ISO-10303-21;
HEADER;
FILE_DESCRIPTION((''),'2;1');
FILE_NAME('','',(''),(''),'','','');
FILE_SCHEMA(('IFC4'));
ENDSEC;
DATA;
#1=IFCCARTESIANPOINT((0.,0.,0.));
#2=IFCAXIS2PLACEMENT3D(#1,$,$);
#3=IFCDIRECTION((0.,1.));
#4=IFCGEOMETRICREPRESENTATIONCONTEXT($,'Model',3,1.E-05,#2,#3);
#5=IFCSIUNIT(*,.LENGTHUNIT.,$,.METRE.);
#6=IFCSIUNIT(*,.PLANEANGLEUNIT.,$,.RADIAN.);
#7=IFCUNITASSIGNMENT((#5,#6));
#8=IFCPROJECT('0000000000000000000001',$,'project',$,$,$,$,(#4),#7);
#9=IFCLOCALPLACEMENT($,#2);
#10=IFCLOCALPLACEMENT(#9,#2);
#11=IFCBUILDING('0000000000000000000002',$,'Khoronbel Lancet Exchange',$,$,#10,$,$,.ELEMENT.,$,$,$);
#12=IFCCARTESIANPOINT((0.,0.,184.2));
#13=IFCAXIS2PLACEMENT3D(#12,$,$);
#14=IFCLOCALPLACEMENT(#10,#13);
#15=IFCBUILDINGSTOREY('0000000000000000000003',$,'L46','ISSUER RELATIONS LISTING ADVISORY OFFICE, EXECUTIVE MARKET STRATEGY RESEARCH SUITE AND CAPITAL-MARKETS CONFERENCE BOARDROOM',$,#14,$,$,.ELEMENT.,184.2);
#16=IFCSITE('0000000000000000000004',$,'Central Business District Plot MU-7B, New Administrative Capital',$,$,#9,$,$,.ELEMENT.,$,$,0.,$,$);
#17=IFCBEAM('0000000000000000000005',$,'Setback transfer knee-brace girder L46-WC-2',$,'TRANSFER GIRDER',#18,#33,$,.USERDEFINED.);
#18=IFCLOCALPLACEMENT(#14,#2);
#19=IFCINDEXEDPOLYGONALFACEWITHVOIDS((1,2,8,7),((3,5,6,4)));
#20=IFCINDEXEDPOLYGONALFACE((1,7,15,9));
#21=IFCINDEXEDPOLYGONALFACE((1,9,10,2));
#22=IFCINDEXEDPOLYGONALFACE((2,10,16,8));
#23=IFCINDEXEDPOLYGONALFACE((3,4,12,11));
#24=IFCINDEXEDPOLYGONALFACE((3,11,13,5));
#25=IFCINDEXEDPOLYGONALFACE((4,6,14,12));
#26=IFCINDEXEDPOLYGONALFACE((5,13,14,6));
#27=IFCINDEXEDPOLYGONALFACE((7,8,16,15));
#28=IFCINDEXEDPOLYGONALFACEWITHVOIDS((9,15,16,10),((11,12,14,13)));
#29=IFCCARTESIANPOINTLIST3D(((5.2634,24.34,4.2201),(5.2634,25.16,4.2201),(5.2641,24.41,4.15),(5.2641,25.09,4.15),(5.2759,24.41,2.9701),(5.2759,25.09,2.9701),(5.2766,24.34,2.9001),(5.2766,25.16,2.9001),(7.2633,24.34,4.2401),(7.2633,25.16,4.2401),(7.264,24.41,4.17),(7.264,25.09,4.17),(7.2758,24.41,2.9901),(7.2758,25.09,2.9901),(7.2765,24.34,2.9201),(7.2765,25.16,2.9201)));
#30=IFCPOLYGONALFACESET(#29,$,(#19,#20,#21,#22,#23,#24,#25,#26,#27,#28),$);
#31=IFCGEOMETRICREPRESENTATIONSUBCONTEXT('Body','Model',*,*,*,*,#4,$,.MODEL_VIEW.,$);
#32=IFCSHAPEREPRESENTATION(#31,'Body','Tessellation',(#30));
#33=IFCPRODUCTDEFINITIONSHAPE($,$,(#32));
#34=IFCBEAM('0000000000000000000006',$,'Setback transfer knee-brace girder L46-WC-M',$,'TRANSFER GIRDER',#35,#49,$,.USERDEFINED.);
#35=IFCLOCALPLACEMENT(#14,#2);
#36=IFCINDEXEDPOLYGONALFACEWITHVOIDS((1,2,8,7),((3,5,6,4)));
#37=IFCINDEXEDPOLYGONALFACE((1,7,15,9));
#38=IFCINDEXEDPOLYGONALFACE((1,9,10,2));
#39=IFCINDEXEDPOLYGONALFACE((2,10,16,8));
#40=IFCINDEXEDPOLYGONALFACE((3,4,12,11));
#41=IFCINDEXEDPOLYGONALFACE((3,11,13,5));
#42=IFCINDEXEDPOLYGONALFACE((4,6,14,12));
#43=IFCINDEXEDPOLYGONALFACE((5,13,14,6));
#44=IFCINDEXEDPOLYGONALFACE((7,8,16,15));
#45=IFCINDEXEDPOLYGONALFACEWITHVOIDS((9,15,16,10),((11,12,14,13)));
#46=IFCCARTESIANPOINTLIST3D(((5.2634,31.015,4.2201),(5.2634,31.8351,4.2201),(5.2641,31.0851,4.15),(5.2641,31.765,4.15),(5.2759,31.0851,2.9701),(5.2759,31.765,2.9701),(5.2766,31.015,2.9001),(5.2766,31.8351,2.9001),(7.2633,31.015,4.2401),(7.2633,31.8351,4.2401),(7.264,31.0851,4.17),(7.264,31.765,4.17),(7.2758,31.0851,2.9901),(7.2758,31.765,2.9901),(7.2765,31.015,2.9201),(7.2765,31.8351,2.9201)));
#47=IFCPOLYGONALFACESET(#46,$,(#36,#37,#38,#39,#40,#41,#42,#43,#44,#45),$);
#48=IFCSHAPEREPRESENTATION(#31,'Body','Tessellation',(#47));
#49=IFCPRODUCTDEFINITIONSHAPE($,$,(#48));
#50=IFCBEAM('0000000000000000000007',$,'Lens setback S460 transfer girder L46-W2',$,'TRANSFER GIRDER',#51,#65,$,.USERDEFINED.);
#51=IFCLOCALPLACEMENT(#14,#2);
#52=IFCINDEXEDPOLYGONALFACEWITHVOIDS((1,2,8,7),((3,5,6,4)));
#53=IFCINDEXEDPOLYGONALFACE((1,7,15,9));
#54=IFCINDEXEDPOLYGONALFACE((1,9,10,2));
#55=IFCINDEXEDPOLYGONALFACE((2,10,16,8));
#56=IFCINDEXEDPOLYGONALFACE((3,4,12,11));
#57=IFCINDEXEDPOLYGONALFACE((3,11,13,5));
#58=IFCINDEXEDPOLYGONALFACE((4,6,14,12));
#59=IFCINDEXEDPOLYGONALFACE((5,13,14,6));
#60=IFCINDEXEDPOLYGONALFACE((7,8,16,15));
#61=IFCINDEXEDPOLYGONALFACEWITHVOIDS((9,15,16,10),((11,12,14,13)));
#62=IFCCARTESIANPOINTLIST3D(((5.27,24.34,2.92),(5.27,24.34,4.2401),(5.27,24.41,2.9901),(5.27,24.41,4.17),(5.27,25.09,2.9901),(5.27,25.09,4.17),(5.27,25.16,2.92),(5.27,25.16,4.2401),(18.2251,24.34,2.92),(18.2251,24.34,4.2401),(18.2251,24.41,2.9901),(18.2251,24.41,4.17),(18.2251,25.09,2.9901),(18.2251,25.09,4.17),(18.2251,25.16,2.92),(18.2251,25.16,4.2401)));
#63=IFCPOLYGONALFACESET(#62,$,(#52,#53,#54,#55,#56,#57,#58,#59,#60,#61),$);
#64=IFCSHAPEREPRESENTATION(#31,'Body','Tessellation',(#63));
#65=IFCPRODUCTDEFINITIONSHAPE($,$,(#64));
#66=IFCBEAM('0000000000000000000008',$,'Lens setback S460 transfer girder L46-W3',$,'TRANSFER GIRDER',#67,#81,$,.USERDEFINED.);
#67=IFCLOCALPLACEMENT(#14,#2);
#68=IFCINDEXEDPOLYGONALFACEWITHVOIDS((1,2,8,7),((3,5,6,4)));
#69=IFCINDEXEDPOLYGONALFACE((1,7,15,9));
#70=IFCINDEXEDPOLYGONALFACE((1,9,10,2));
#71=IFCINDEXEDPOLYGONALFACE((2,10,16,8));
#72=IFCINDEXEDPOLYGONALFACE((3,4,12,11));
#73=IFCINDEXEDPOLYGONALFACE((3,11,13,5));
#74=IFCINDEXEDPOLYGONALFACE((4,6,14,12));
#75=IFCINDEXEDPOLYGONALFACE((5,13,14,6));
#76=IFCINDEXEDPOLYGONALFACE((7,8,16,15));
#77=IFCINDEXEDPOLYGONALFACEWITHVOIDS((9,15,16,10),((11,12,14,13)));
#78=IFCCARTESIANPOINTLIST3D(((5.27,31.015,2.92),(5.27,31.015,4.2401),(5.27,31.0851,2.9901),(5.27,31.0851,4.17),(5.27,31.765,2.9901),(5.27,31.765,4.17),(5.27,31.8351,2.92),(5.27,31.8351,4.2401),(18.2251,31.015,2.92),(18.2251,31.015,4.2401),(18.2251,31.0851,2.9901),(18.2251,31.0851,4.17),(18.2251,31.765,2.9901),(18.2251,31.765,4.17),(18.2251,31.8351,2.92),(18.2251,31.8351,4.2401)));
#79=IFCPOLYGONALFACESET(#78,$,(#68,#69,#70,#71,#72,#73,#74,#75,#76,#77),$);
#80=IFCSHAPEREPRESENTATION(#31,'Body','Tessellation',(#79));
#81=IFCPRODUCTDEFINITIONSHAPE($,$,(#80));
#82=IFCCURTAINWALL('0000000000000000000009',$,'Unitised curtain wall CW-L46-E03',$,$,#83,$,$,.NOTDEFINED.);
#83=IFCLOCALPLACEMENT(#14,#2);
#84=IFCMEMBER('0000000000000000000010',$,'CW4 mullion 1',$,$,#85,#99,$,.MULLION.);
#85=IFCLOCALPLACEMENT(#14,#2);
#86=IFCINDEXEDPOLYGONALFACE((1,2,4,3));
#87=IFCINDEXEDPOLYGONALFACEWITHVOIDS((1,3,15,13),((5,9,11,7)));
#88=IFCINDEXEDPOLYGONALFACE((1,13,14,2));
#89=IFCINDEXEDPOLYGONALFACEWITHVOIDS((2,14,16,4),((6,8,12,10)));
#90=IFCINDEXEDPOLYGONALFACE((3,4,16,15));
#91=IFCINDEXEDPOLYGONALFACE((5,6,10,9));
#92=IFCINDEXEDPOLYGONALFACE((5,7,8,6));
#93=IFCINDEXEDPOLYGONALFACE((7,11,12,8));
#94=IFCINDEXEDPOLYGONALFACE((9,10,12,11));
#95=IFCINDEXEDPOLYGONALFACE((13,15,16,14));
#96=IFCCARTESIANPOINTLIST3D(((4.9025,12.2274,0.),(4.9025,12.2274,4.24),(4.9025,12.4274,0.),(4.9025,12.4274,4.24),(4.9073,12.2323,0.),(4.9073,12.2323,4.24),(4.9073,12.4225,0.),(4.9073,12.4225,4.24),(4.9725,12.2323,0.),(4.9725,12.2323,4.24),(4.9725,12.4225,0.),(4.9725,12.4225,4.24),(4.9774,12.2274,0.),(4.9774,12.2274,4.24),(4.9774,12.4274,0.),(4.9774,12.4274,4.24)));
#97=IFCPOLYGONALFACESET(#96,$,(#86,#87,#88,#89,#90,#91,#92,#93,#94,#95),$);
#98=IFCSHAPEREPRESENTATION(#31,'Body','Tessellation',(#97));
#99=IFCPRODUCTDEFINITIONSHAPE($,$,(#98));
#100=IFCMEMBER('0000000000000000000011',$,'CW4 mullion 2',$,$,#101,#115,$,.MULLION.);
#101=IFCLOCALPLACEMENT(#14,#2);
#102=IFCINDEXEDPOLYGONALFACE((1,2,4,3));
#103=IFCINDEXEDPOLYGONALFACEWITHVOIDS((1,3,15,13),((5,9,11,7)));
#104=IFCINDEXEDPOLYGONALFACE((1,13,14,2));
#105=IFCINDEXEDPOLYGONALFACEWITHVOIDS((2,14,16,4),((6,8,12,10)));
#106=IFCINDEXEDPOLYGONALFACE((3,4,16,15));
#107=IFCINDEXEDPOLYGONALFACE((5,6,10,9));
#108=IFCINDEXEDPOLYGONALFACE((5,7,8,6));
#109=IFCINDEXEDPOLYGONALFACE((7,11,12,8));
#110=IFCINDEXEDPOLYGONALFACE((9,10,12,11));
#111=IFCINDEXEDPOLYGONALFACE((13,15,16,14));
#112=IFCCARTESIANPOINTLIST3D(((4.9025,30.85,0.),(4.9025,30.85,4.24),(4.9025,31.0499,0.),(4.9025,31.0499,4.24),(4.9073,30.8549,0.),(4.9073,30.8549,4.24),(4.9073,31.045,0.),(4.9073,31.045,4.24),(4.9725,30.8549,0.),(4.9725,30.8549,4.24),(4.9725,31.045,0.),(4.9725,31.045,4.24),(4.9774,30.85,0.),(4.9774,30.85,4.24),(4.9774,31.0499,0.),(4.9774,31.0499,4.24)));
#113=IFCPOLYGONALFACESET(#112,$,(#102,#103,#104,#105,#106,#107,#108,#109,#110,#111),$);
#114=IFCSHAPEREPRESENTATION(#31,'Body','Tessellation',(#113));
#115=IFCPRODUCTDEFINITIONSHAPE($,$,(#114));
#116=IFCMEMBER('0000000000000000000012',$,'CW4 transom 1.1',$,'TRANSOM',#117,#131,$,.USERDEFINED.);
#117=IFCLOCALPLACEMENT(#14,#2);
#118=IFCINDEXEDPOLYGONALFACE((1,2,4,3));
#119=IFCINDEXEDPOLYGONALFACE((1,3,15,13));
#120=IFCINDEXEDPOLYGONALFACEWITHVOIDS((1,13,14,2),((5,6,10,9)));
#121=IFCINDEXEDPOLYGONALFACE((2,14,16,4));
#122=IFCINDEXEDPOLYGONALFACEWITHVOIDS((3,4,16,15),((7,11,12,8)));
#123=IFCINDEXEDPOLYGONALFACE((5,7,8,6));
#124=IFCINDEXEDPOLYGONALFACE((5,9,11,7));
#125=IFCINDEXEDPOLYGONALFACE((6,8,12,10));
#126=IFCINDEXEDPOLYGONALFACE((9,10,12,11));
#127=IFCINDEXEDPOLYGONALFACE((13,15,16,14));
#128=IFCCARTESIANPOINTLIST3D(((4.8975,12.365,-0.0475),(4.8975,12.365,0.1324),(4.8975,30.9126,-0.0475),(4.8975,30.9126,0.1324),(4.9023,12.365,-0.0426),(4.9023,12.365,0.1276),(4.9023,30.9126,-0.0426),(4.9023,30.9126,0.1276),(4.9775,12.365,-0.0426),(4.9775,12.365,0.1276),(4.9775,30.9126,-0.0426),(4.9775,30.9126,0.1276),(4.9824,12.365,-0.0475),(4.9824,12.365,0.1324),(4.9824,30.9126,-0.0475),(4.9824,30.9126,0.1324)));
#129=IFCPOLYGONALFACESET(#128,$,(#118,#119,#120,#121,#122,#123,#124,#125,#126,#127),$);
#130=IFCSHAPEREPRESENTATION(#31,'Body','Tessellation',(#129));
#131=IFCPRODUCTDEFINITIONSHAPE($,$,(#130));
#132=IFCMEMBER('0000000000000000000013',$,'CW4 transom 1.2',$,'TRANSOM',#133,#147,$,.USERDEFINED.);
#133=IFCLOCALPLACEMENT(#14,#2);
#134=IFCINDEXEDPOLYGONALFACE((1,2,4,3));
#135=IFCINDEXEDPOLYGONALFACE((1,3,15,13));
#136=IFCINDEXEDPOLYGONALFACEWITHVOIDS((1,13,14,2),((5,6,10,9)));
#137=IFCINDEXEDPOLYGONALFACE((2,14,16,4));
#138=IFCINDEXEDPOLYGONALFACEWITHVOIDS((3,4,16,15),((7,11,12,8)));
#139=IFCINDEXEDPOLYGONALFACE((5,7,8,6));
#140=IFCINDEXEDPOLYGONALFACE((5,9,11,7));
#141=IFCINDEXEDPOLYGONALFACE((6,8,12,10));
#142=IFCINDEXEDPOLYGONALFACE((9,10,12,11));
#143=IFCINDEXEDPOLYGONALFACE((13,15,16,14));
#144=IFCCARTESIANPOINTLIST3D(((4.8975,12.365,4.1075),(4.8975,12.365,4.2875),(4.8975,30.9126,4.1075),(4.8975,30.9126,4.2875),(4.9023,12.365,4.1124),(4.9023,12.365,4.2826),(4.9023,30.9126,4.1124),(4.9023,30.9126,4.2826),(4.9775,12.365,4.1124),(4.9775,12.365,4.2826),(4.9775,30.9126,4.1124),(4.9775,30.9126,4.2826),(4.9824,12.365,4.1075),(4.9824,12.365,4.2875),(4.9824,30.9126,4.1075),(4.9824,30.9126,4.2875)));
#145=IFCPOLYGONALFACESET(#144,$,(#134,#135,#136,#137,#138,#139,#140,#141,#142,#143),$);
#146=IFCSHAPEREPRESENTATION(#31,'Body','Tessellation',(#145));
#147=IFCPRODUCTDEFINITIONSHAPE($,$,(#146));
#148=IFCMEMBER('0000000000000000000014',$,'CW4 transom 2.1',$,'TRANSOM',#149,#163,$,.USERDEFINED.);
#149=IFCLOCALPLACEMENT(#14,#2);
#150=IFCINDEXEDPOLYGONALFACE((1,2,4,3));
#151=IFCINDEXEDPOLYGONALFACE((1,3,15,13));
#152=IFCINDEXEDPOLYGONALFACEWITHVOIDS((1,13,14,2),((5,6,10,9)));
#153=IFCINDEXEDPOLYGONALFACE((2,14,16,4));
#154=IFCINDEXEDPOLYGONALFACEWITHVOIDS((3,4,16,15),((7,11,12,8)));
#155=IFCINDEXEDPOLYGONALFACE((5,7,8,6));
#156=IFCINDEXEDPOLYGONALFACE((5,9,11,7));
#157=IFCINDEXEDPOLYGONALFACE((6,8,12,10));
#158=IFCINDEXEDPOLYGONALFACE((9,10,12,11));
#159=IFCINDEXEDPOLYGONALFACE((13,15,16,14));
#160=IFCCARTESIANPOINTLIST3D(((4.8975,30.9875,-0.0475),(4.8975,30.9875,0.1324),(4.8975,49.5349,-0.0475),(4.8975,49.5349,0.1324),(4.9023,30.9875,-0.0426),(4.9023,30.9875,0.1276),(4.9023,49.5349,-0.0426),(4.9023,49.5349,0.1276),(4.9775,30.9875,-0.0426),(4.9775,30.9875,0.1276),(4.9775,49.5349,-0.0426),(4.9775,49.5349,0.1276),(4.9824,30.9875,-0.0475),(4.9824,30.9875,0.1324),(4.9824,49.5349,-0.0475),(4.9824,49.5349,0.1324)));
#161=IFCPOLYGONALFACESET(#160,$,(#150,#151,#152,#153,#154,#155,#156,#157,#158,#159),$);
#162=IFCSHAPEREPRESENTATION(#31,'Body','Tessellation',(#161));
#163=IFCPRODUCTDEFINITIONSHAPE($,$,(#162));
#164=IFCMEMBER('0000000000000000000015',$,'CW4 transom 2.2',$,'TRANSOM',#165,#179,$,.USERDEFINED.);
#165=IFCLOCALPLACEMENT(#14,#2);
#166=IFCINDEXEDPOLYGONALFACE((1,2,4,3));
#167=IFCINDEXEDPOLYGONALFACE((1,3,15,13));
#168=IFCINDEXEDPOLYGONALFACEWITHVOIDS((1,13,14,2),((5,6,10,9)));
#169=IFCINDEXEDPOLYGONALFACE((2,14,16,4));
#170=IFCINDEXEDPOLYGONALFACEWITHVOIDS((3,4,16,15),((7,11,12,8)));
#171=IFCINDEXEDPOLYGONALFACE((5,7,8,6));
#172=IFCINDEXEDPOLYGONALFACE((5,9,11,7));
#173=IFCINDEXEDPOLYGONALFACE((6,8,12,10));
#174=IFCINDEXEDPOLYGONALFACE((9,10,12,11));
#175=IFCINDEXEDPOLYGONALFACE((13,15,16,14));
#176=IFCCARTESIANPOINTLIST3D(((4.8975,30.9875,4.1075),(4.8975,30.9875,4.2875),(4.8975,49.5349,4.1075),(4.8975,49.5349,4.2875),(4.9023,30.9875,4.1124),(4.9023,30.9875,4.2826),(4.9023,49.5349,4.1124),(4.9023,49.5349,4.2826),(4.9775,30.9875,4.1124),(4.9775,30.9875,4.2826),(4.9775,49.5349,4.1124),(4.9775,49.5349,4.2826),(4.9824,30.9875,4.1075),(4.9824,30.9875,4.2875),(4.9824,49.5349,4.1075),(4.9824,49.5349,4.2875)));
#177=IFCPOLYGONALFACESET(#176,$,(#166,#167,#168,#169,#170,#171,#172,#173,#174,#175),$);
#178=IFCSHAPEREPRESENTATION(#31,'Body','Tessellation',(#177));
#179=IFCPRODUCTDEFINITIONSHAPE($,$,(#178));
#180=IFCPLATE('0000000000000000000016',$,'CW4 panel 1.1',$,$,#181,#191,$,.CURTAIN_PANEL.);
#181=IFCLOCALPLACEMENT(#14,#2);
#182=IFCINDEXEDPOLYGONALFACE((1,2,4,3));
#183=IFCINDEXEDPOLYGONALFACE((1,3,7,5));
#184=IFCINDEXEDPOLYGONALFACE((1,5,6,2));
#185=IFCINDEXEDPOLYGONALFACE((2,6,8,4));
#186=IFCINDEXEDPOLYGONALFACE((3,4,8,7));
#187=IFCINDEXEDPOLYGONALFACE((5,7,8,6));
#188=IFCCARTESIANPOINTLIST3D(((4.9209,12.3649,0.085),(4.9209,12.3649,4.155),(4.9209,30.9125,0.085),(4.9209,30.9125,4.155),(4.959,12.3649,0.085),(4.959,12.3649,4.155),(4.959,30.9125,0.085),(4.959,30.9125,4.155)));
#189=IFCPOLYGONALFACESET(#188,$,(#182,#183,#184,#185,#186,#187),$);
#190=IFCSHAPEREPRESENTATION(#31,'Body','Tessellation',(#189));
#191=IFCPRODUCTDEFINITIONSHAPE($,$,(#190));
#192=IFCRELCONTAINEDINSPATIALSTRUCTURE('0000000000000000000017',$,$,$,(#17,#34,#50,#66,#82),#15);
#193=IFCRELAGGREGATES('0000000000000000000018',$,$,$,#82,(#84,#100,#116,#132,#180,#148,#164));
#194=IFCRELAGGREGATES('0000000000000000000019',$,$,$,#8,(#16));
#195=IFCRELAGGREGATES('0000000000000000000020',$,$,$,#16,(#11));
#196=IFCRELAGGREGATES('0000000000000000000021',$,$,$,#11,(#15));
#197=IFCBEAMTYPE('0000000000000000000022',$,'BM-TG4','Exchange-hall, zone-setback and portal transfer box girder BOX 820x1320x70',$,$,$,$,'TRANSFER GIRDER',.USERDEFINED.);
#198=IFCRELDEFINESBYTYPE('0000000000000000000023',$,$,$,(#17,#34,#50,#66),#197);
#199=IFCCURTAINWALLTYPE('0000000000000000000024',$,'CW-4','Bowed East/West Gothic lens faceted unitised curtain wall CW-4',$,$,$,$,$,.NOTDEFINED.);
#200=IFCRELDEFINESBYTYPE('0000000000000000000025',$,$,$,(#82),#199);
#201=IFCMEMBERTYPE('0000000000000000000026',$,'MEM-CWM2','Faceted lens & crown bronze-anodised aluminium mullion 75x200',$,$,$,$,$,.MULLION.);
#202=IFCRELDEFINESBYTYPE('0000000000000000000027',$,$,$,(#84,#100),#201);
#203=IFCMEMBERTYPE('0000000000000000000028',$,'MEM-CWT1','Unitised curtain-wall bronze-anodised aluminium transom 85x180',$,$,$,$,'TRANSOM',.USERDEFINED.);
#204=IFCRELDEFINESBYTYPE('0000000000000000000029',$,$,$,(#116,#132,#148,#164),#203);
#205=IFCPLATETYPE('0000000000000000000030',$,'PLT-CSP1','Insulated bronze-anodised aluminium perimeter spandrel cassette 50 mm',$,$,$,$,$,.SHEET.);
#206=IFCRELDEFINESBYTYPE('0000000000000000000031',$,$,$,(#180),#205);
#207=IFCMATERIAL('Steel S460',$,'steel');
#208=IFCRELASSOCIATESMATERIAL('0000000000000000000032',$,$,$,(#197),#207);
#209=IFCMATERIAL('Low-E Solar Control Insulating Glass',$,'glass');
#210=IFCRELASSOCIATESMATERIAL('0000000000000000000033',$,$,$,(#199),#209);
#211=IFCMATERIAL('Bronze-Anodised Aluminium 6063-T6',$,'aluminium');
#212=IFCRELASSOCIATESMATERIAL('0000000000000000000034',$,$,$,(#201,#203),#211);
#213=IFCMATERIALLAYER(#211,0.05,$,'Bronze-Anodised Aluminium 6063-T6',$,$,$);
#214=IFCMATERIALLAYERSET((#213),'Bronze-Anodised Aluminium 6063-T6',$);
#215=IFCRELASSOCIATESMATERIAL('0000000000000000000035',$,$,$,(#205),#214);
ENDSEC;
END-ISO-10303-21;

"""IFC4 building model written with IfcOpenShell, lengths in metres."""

from ifc_helpers import new_model, si_unit, direction, frame, origin, origin_2d, place, context, subcontext, project, spatial, rectangle, hollow_rectangle, extrude, material, layer, layer_set, material_profile, profile_set, type_object, element, aggregate, save


model = new_model("IFC4")

# Units and contexts
model_context = context("Model", 3, precision=1e-05, world=origin(), true_north=direction((0.0, 1.0)))
body_context = subcontext(model_context, "Body", "Model", "MODEL_VIEW")
ifc_project = project(units=[si_unit("LENGTHUNIT", "METRE"), si_unit("PLANEANGLEUNIT", "RADIAN")], contexts=[model_context])

# Site, building, storey
site_placement = place(None, origin())
site = spatial("IfcSite", under=ifc_project, at=site_placement, Name="Central Business District Plot MU-7B, New Administrative Capital", CompositionType="ELEMENT", RefElevation=0.0)
building_placement = place(site_placement, origin())
building = spatial("IfcBuilding", under=site, at=building_placement, Name="Khoronbel Lancet Exchange", CompositionType="ELEMENT")
storey_placement = place(building_placement, frame((0.0, 0.0, 184.2)))
storey = spatial("IfcBuildingStorey", under=building, at=storey_placement, Name="L46", Description="ISSUER RELATIONS LISTING ADVISORY OFFICE, EXECUTIVE MARKET STRATEGY RESEARCH SUITE AND CAPITAL-MARKETS CONFERENCE BOARDROOM", CompositionType="ELEMENT", Elevation=184.2)

# Beams
ifc_material_1 = material(Name="Steel S460", Category="steel")
ifc_material_profile_1 = material_profile(ifc_material_1, hollow_rectangle(XDim=0.8201, YDim=1.3201, WallThickness=0.0701, at=origin_2d()), Name="BOX 820x1320x70")
ifc_profile_set_1 = profile_set([ifc_material_profile_1], Name="Steel S460")
beam_type_1 = type_object("IfcBeamType", Name="BM-TG4", Description="Exchange-hall, zone-setback and portal transfer box girder BOX 820x1320x70", ElementType="TRANSFER GIRDER", PredefinedType="USERDEFINED", material=ifc_profile_set_1)
for number, where, z_axis, x_axis, name in (
    (1, (5.27, 24.75, 3.5601), (0.99995, 0.0, 0.010009), (0.0, 1.0, 0.0), "Setback transfer knee-brace girder L46-WC-2"),
    (2, (5.27, 31.425, 3.5601), (0.99995, 0.0, 0.010009), (0.0, 1.0, 0.0), "Setback transfer knee-brace girder L46-WC-M"),
):
    element("IfcBeam", number, at=place(storey_placement, frame(where, z_axis=z_axis, x_axis=x_axis)), inside=storey, type_object=beam_type_1, Name=name, ObjectType="TRANSFER GIRDER", PredefinedType="USERDEFINED", context=body_context, shape_type="SweptSolid", body=[
        extrude(hollow_rectangle(XDim=0.8201, YDim=1.3201, WallThickness=0.0701, at=origin_2d()), origin(), (0.0, 0.0, 1.0), 2.0),
    ])
for number, where, z_axis, x_axis, name in (
    (3, (5.27, 24.75, 3.5801), (1.0, 0.0, 0.0), (0.0, 1.0, 0.0), "Lens setback S460 transfer girder L46-W2"),
    (4, (5.27, 31.425, 3.5801), (1.0, 0.0, 0.0), (0.0, 1.0, 0.0), "Lens setback S460 transfer girder L46-W3"),
):
    element("IfcBeam", number, at=place(storey_placement, frame(where, z_axis=z_axis, x_axis=x_axis)), inside=storey, type_object=beam_type_1, Name=name, ObjectType="TRANSFER GIRDER", PredefinedType="USERDEFINED", context=body_context, shape_type="SweptSolid", body=[
        extrude(hollow_rectangle(XDim=0.8201, YDim=1.3201, WallThickness=0.0701, at=origin_2d()), origin(), (0.0, 0.0, 1.0), 12.9551),
    ])

# Curtain wall, members, plate
ifc_material_2 = material(Name="Low-E Solar Control Insulating Glass", Category="glass")
curtain_wall_type = type_object("IfcCurtainWallType", Name="CW-4", Description="Bowed East/West Gothic lens faceted unitised curtain wall CW-4", PredefinedType="NOTDEFINED", material=ifc_material_2)
curtain_wall_placement = place(storey_placement, origin())
curtain_wall = element("IfcCurtainWall", 5, at=curtain_wall_placement, inside=storey, type_object=curtain_wall_type, Name="Unitised curtain wall CW-L46-E03", PredefinedType="NOTDEFINED")
ifc_material_3 = material(Name="Bronze-Anodised Aluminium 6063-T6", Category="aluminium")
ifc_material_profile_2 = material_profile(ifc_material_3, hollow_rectangle(XDim=0.075, YDim=0.2, WallThickness=0.0049, at=origin_2d()), Name="ALU MULLION 75x200")
ifc_profile_set_2 = profile_set([ifc_material_profile_2], Name="Bronze-Anodised Aluminium 6063-T6")
member_type_1 = type_object("IfcMemberType", Name="MEM-CWM2", Description="Faceted lens & crown bronze-anodised aluminium mullion 75x200", PredefinedType="MULLION", material=ifc_profile_set_2)
member_1_placement = place(storey_placement, frame((4.9399, 12.3274, 0.0), z_axis=(0.0, 0.0, 1.0), x_axis=(-1.0, 0.0, 0.0)))
member_1 = element("IfcMember", 6, at=member_1_placement, type_object=member_type_1, Name="CW4 mullion 1", PredefinedType="MULLION", context=body_context, shape_type="SweptSolid", body=[
    extrude(hollow_rectangle(XDim=0.075, YDim=0.2, WallThickness=0.0049, at=origin_2d()), origin(), (0.0, 0.0, 1.0), 4.24),
])
member_2_placement = place(storey_placement, frame((4.9399, 30.95, 0.0), z_axis=(0.0, 0.0, 1.0), x_axis=(-1.0, 0.0, 0.0)))
member_2 = element("IfcMember", 7, at=member_2_placement, type_object=member_type_1, Name="CW4 mullion 2", PredefinedType="MULLION", context=body_context, shape_type="SweptSolid", body=[
    extrude(hollow_rectangle(XDim=0.075, YDim=0.2, WallThickness=0.0049, at=origin_2d()), origin(), (0.0, 0.0, 1.0), 4.24),
])
ifc_material_profile_3 = material_profile(ifc_material_3, hollow_rectangle(XDim=0.085, YDim=0.1799, WallThickness=0.0049, at=origin_2d()), Name="ALU TRANSOM 85x180")
ifc_profile_set_3 = profile_set([ifc_material_profile_3], Name="Bronze-Anodised Aluminium 6063-T6")
member_type_2 = type_object("IfcMemberType", Name="MEM-CWT1", Description="Unitised curtain-wall bronze-anodised aluminium transom 85x180", ElementType="TRANSOM", PredefinedType="USERDEFINED", material=ifc_profile_set_3)
member_3_placement = place(storey_placement, frame((4.9399, 12.365, 0.0425), z_axis=(0.0, 1.0, 0.0), x_axis=(-1.0, 0.0, 0.0)))
member_3 = element("IfcMember", 8, at=member_3_placement, type_object=member_type_2, Name="CW4 transom 1.1", ObjectType="TRANSOM", PredefinedType="USERDEFINED", context=body_context, shape_type="SweptSolid", body=[
    extrude(hollow_rectangle(XDim=0.085, YDim=0.1799, WallThickness=0.0049, at=origin_2d()), origin(), (0.0, 0.0, 1.0), 18.5476),
])
member_4_placement = place(storey_placement, frame((4.9399, 12.365, 4.1975), z_axis=(0.0, 1.0, 0.0), x_axis=(-1.0, 0.0, 0.0)))
member_4 = element("IfcMember", 9, at=member_4_placement, type_object=member_type_2, Name="CW4 transom 1.2", ObjectType="TRANSOM", PredefinedType="USERDEFINED", context=body_context, shape_type="SweptSolid", body=[
    extrude(hollow_rectangle(XDim=0.085, YDim=0.1799, WallThickness=0.0049, at=origin_2d()), origin(), (0.0, 0.0, 1.0), 18.5476),
])
member_5_placement = place(storey_placement, frame((4.9399, 30.9875, 0.0425), z_axis=(0.0, 1.0, 0.0), x_axis=(-1.0, 0.0, 0.0)))
member_5 = element("IfcMember", 10, at=member_5_placement, type_object=member_type_2, Name="CW4 transom 2.1", ObjectType="TRANSOM", PredefinedType="USERDEFINED", context=body_context, shape_type="SweptSolid", body=[
    extrude(hollow_rectangle(XDim=0.085, YDim=0.1799, WallThickness=0.0049, at=origin_2d()), origin(), (0.0, 0.0, 1.0), 18.5474),
])
member_6_placement = place(storey_placement, frame((4.9399, 30.9875, 4.1975), z_axis=(0.0, 1.0, 0.0), x_axis=(-1.0, 0.0, 0.0)))
member_6 = element("IfcMember", 11, at=member_6_placement, type_object=member_type_2, Name="CW4 transom 2.2", ObjectType="TRANSOM", PredefinedType="USERDEFINED", context=body_context, shape_type="SweptSolid", body=[
    extrude(hollow_rectangle(XDim=0.085, YDim=0.1799, WallThickness=0.0049, at=origin_2d()), origin(), (0.0, 0.0, 1.0), 18.5474),
])
ifc_layer_1 = layer(ifc_material_3, 0.05, Name="Bronze-Anodised Aluminium 6063-T6")
ifc_layer_set_1 = layer_set([ifc_layer_1], Name="Bronze-Anodised Aluminium 6063-T6")
plate_type_1 = type_object("IfcPlateType", Name="PLT-CSP1", Description="Insulated bronze-anodised aluminium perimeter spandrel cassette 50 mm", PredefinedType="SHEET", material=ifc_layer_set_1)
plate_1_placement = place(storey_placement, frame((4.9399, 21.6387, 0.085), z_axis=(0.0, 0.0, 1.0), x_axis=(0.0, 1.0, 0.0)))
plate_1 = element("IfcPlate", 12, at=plate_1_placement, type_object=plate_type_1, Name="CW4 panel 1.1", PredefinedType="CURTAIN_PANEL", context=body_context, shape_type="SweptSolid", body=[
    extrude(rectangle(XDim=18.5476, YDim=0.0381, at=origin_2d()), origin(), (0.0, 0.0, 1.0), 4.0701),
])
aggregate(curtain_wall, [member_1, member_2, member_3, member_4, plate_1, member_5, member_6])

save(model, "model.ifc")
